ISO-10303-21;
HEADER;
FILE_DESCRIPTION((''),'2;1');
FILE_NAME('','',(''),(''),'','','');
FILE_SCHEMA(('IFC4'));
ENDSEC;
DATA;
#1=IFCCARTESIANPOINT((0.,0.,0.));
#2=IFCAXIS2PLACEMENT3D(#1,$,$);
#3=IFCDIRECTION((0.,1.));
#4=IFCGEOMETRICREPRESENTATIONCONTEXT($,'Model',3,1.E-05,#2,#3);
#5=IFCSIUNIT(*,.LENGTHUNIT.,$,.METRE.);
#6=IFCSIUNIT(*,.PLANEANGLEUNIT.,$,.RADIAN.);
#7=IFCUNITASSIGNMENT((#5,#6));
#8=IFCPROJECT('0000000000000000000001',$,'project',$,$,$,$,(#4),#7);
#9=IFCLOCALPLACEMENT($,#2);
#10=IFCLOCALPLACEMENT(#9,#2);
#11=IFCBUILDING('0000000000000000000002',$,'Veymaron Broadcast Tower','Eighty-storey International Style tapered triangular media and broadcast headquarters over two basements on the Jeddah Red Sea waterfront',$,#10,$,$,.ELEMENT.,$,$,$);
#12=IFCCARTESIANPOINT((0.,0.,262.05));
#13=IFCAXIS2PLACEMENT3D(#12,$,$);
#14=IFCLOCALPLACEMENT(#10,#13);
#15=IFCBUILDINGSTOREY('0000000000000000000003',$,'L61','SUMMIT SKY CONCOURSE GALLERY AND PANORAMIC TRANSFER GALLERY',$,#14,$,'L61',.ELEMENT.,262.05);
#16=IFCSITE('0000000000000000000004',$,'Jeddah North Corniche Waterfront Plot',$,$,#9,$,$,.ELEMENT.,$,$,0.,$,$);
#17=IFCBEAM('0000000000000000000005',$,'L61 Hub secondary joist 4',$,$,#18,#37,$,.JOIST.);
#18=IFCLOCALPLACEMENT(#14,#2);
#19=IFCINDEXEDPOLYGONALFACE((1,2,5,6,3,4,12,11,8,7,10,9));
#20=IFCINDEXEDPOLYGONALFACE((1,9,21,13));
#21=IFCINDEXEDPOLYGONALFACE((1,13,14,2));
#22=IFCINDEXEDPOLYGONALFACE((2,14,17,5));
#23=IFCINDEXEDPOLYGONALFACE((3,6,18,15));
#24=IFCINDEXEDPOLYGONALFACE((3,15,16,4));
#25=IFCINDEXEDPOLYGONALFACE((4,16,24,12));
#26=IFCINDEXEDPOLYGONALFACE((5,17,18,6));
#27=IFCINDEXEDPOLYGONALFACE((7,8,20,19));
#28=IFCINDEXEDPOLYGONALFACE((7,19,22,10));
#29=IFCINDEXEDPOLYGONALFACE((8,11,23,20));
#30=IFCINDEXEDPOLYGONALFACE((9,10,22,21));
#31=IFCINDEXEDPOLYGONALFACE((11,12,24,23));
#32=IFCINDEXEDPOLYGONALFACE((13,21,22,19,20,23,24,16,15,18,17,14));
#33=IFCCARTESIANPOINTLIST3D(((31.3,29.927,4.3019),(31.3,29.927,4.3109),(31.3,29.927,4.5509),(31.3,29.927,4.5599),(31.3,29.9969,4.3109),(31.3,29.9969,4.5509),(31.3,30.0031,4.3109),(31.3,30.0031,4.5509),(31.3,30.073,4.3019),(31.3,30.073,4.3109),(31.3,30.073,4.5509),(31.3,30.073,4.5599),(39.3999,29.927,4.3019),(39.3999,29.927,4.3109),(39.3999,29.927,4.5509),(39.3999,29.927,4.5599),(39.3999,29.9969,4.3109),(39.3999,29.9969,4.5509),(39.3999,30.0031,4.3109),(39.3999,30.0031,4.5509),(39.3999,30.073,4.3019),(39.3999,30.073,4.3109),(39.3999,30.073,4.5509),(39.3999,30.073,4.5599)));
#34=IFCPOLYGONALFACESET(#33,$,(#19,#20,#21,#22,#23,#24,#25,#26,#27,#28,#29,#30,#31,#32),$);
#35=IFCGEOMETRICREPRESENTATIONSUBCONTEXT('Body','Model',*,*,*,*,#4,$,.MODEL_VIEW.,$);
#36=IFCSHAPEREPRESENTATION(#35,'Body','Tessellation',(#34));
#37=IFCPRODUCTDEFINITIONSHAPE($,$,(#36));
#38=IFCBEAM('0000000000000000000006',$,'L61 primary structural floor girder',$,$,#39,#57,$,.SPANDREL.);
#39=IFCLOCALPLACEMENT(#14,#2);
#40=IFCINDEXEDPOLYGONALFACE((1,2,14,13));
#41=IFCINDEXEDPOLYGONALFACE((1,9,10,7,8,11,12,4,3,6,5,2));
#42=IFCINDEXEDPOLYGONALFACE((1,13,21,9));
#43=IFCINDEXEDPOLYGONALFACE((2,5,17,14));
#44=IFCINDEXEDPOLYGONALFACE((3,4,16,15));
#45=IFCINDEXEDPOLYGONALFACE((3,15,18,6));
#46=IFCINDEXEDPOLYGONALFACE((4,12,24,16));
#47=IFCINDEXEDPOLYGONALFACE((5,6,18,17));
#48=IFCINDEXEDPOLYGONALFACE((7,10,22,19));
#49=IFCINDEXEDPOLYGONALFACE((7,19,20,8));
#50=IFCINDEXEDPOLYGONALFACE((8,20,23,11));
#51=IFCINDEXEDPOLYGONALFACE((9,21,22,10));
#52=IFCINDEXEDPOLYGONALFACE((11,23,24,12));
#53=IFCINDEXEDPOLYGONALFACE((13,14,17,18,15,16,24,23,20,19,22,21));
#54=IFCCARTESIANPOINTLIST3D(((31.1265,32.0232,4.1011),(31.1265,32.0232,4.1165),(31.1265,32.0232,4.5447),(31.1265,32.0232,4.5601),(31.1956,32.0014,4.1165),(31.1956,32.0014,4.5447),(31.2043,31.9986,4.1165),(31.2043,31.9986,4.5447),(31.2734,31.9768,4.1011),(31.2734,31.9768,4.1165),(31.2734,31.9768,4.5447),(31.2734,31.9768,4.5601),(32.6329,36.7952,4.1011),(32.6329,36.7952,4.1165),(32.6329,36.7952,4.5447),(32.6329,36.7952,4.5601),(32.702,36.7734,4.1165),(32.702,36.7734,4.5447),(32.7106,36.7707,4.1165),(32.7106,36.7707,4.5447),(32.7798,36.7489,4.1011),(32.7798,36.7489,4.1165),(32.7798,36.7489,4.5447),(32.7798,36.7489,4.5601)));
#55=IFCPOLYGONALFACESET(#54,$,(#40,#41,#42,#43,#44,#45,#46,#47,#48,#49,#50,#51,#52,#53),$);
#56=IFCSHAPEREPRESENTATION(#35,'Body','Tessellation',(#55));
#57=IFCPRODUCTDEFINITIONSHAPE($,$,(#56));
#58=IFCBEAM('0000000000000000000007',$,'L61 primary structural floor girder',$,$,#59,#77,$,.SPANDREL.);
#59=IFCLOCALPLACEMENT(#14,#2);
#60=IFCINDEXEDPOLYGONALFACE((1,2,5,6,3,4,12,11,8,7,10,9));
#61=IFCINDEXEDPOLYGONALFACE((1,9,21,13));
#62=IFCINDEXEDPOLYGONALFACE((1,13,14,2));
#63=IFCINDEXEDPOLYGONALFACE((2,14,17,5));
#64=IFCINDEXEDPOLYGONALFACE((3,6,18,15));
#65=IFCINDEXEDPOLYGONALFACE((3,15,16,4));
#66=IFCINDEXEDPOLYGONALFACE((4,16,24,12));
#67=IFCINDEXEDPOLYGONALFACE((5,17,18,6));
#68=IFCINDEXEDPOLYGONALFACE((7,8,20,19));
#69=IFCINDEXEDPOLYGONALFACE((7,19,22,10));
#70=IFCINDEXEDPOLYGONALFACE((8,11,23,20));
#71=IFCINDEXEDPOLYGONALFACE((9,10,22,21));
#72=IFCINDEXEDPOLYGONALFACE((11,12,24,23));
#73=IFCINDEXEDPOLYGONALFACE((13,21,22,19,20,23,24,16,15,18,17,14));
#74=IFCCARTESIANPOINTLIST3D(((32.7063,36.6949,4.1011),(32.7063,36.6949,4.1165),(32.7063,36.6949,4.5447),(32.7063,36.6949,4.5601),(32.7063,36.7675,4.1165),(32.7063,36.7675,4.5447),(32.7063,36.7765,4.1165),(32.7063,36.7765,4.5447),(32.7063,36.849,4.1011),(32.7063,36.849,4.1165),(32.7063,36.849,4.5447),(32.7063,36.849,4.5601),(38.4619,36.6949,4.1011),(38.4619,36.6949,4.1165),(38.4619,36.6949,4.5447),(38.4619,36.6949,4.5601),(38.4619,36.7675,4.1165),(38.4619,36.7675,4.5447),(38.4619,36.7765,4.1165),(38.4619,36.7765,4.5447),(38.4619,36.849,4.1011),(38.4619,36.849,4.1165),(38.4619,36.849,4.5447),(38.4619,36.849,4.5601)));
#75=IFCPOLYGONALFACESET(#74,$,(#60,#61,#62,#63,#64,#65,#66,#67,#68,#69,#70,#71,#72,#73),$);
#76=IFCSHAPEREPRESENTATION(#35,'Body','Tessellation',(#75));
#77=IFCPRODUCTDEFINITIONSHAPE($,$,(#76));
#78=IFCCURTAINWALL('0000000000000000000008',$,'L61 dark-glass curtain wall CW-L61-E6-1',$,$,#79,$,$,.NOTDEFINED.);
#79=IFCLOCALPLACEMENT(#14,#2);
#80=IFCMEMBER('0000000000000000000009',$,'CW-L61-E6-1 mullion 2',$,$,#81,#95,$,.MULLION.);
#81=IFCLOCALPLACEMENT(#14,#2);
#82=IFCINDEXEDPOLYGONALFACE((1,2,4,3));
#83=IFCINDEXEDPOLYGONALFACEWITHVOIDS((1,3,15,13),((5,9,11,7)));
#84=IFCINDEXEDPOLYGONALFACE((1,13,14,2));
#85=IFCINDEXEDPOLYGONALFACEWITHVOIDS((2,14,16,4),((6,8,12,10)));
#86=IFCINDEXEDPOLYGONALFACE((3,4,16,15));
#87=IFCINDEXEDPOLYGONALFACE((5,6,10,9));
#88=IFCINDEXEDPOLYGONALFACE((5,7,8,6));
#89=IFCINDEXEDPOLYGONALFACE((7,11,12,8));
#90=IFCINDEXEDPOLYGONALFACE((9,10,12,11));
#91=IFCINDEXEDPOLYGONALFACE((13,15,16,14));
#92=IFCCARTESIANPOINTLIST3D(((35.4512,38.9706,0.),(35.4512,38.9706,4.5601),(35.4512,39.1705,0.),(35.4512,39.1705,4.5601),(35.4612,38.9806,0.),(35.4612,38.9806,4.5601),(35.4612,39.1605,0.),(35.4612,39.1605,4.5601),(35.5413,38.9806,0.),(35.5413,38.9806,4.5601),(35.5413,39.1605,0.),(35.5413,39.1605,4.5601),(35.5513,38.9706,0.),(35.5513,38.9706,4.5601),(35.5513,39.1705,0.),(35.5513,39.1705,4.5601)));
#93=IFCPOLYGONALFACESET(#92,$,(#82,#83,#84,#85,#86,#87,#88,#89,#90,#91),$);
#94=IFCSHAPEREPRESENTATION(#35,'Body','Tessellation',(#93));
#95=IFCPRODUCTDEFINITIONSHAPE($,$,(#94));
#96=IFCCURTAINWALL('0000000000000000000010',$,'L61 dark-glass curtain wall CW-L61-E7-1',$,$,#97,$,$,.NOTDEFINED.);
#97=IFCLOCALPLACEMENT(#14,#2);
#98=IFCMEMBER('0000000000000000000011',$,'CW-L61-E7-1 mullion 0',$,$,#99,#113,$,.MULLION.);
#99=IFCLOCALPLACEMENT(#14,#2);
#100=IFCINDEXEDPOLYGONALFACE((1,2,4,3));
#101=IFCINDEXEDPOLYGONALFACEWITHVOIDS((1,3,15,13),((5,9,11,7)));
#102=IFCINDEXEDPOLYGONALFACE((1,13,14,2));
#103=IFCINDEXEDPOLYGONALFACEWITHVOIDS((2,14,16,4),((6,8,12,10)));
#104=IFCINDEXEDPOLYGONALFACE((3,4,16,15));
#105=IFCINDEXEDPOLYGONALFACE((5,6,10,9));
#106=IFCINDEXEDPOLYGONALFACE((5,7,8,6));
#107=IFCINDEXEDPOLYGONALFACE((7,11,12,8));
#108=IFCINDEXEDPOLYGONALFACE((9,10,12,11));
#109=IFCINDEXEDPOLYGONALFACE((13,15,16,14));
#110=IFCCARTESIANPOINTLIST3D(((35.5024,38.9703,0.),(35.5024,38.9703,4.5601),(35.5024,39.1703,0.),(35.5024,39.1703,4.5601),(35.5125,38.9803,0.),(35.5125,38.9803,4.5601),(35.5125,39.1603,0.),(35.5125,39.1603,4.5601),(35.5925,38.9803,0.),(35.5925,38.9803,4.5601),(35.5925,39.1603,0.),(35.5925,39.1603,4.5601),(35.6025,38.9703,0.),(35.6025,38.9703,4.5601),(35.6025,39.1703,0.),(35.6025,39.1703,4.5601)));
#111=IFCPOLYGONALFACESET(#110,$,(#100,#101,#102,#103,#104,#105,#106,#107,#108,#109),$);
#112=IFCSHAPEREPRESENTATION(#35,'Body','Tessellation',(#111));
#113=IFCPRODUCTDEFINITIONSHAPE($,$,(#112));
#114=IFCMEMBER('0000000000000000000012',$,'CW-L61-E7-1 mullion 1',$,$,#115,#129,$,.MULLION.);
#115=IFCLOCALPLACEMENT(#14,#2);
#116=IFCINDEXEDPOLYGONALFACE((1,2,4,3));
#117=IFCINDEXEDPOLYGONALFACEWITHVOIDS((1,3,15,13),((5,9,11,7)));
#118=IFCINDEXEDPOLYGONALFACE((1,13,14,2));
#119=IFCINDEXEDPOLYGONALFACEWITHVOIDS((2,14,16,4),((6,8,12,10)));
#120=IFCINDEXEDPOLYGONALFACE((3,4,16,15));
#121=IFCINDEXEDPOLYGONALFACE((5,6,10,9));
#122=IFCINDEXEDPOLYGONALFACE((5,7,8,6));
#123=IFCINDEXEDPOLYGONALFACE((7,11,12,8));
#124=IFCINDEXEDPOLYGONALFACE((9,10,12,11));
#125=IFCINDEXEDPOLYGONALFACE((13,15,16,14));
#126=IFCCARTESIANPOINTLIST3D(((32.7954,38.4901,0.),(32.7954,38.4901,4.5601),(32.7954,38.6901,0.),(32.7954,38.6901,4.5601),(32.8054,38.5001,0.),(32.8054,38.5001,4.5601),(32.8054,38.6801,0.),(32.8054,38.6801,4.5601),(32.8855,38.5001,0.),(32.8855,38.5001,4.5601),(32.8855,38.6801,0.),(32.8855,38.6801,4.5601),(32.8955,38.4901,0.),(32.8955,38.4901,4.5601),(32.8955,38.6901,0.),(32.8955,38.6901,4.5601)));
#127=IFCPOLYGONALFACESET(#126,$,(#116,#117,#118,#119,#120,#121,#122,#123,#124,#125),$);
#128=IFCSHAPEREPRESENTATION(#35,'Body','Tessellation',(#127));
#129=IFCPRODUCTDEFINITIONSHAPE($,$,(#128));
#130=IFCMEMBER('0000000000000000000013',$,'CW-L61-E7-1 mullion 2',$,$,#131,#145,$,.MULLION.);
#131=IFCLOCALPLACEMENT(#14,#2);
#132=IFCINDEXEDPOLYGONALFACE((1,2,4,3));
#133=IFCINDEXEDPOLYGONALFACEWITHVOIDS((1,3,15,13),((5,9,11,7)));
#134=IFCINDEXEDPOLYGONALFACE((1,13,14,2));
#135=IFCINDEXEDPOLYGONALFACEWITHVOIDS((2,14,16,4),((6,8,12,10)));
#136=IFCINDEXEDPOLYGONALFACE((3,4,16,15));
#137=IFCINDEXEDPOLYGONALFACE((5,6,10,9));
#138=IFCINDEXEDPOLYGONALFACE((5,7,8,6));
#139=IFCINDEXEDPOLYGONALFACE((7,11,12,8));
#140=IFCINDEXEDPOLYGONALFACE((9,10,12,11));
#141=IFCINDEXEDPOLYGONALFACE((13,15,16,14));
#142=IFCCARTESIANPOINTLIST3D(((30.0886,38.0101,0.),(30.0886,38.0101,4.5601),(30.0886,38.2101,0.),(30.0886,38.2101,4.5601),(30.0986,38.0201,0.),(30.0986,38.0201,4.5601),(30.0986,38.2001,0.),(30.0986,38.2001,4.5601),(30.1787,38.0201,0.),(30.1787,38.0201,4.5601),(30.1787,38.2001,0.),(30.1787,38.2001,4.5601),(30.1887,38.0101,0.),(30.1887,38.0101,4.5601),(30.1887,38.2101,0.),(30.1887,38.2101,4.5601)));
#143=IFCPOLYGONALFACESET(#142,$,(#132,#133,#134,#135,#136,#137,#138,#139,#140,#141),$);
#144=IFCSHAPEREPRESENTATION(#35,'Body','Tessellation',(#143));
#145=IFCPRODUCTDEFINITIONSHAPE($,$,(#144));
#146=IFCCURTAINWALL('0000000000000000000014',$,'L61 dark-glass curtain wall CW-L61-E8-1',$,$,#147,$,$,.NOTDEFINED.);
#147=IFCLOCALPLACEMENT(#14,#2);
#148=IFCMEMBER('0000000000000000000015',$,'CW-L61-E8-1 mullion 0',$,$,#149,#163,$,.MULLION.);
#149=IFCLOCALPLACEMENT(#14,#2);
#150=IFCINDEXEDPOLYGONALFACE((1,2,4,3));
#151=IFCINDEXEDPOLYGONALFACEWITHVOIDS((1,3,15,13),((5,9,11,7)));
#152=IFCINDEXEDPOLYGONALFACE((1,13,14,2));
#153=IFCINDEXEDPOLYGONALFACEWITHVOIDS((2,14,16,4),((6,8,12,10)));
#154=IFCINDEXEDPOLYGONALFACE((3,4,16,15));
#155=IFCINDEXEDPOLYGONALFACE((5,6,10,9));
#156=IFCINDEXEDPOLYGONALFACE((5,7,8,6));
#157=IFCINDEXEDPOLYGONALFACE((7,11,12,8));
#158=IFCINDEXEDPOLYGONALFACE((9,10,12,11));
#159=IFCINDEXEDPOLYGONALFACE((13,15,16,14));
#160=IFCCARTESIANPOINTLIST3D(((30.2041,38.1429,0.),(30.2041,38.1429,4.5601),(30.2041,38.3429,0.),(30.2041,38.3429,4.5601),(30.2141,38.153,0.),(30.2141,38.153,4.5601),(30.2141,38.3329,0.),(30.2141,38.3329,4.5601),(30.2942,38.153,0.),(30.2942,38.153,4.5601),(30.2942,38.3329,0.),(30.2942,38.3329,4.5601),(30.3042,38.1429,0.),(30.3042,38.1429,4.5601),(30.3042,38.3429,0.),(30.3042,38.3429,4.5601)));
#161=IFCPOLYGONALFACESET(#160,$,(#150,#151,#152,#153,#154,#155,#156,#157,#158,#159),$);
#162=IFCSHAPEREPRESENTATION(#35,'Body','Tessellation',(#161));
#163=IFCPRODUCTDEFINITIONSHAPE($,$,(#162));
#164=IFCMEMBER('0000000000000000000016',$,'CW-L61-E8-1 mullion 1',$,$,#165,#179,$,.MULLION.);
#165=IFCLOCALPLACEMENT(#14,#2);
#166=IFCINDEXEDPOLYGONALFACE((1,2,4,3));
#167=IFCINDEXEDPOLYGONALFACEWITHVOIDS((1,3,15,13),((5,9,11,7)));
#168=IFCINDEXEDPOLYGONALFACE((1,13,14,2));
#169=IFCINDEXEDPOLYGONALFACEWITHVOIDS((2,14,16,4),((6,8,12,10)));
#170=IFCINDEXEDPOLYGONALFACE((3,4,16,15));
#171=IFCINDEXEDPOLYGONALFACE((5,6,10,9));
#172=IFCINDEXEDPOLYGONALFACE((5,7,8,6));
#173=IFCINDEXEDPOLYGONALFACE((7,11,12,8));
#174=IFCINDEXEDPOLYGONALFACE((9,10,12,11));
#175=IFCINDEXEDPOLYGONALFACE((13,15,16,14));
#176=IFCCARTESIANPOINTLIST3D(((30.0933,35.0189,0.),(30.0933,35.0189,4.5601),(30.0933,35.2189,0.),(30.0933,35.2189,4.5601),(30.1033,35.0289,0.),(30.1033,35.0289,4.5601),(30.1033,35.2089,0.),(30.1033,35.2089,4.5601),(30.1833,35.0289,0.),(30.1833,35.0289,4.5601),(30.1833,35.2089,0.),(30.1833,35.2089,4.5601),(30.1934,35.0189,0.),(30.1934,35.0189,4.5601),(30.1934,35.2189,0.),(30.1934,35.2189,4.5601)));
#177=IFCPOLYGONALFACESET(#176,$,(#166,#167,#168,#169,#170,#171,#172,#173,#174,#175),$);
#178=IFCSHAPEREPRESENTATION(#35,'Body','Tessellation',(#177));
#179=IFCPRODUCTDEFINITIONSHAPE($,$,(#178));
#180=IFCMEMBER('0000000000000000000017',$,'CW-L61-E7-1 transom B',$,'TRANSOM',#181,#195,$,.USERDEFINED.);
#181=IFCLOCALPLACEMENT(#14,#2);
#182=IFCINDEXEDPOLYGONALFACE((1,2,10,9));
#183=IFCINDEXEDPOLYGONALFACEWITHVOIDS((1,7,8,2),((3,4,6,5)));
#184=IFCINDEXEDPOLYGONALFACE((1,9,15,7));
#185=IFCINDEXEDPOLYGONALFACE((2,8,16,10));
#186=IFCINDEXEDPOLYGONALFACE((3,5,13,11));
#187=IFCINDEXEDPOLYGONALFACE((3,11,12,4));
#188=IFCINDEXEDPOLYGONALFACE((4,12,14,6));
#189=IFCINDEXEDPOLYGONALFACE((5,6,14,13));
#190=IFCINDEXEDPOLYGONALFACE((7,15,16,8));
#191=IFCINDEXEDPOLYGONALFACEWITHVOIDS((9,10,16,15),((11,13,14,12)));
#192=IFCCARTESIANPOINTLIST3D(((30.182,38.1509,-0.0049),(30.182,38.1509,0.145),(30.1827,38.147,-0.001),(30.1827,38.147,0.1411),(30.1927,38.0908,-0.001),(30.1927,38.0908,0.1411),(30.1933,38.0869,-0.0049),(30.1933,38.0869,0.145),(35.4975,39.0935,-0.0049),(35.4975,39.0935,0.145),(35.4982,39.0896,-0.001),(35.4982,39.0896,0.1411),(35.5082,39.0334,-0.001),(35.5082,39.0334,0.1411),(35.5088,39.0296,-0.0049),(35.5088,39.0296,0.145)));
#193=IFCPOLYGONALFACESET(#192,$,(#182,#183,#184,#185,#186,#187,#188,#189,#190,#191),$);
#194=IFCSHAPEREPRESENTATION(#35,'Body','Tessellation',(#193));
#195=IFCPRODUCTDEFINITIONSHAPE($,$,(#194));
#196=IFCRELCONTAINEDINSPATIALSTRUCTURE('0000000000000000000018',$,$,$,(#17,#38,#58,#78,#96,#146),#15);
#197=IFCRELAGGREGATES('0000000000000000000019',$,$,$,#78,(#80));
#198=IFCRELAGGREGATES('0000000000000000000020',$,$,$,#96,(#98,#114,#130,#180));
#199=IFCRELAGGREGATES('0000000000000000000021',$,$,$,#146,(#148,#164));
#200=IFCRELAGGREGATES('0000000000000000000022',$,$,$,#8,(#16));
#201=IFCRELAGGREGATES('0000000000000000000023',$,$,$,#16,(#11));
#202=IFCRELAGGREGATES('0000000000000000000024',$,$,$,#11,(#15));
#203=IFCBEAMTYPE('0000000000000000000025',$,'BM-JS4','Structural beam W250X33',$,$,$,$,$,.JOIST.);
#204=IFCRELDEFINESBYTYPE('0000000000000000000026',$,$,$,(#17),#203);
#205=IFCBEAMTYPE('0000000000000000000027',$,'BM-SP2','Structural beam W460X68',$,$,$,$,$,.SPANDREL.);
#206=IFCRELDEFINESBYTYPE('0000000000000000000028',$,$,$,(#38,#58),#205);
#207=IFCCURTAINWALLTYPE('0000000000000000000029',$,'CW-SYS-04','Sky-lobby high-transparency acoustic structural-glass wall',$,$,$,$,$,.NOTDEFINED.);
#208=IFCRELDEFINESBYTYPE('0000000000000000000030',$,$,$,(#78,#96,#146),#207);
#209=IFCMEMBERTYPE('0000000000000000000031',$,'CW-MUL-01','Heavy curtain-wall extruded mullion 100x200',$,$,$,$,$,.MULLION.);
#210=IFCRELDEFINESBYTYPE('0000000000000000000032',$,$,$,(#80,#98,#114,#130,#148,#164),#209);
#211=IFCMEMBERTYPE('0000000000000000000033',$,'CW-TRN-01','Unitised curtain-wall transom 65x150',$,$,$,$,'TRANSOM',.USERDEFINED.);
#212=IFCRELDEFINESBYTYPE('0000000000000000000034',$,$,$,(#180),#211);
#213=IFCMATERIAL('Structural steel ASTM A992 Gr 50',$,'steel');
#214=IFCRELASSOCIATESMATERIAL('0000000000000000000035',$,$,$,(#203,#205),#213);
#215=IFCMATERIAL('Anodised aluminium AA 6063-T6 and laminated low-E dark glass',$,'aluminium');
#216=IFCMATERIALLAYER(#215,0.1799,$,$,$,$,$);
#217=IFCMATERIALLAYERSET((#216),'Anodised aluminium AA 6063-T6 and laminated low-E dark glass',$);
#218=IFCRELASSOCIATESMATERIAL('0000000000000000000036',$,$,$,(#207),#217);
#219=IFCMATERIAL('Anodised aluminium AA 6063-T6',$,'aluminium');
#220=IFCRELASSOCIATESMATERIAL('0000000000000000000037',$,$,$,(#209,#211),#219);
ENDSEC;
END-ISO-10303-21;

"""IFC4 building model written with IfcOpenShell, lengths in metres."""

from ifc_helpers import new_model, si_unit, direction, frame, origin, origin_2d, place, context, subcontext, project, spatial, hollow_rectangle, i_section, extrude, material, layer, layer_set, material_profile, profile_set, type_object, element, aggregate, save


model = new_model("IFC4")

# Units and contexts
model_context = context("Model", 3, precision=1e-05, world=origin(), true_north=direction((0.0, 1.0)))
body_context = subcontext(model_context, "Body", "Model", "MODEL_VIEW")
ifc_project = project(units=[si_unit("LENGTHUNIT", "METRE"), si_unit("PLANEANGLEUNIT", "RADIAN")], contexts=[model_context])

# Site, building, storey
site_placement = place(None, origin())
site = spatial("IfcSite", under=ifc_project, at=site_placement, Name="Jeddah North Corniche Waterfront Plot", CompositionType="ELEMENT", RefElevation=0.0)
building_placement = place(site_placement, origin())
building = spatial("IfcBuilding", under=site, at=building_placement, Name="Veymaron Broadcast Tower", Description="Eighty-storey International Style tapered triangular media and broadcast headquarters over two basements on the Jeddah Red Sea waterfront", CompositionType="ELEMENT")
storey_placement = place(building_placement, frame((0.0, 0.0, 262.05)))
storey = spatial("IfcBuildingStorey", under=building, at=storey_placement, Name="L61", Description="SUMMIT SKY CONCOURSE GALLERY AND PANORAMIC TRANSFER GALLERY", LongName="L61", CompositionType="ELEMENT", Elevation=262.05)

# Shared definitions
ifc_material_1 = material(Name="Structural steel ASTM A992 Gr 50", Category="steel")

# Beams
ifc_material_profile_1 = material_profile(ifc_material_1, i_section(OverallWidth=0.146, OverallDepth=0.2581, WebThickness=0.0061, FlangeThickness=0.009, at=origin_2d()), Name="W250X33")
ifc_profile_set_1 = profile_set([ifc_material_profile_1], Name="Structural steel ASTM A992 Gr 50")
beam_type_1 = type_object("IfcBeamType", Name="BM-JS4", Description="Structural beam W250X33", PredefinedType="JOIST", material=ifc_profile_set_1)
for number, where, z_axis, x_axis, name in (
    (1, (31.3, 30.0, 4.4309), (1.0, 0.0, 0.0), (0.0, 1.0, 0.0), "L61 Hub secondary joist 4"),
):
    element("IfcBeam", number, at=place(storey_placement, frame(where, z_axis=z_axis, x_axis=x_axis)), inside=storey, type_object=beam_type_1, Name=name, PredefinedType="JOIST", context=body_context, shape_type="SweptSolid", body=[
        extrude(i_section(OverallWidth=0.146, OverallDepth=0.2581, WebThickness=0.0061, FlangeThickness=0.009, at=origin_2d()), origin(), (0.0, 0.0, 1.0), 8.0999),
    ])
ifc_material_profile_2 = material_profile(ifc_material_1, i_section(OverallWidth=0.1541, OverallDepth=0.459, WebThickness=0.009, FlangeThickness=0.0154, at=origin_2d()), Name="W460X68")
ifc_profile_set_2 = profile_set([ifc_material_profile_2], Name="Structural steel ASTM A992 Gr 50")
beam_type_2 = type_object("IfcBeamType", Name="BM-SP2", Description="Structural beam W460X68", PredefinedType="SPANDREL", material=ifc_profile_set_2)
beam_1_placement = place(storey_placement, frame((31.2, 32.0, 4.3306), z_axis=(0.301024, 0.953617, 0.0), x_axis=(-0.953617, 0.301024, 0.0)))
element("IfcBeam", 2, at=beam_1_placement, inside=storey, type_object=beam_type_2, Name="L61 primary structural floor girder", PredefinedType="SPANDREL", context=body_context, shape_type="SweptSolid", body=[
    extrude(i_section(OverallWidth=0.1541, OverallDepth=0.459, WebThickness=0.009, FlangeThickness=0.0154, at=origin_2d()), origin(), (0.0, 0.0, 1.0), 5.0042),
])
beam_2_placement = place(storey_placement, frame((32.7063, 36.772, 4.3306), z_axis=(1.0, 0.0, 0.0), x_axis=(0.0, 1.0, 0.0)))
element("IfcBeam", 3, at=beam_2_placement, inside=storey, type_object=beam_type_2, Name="L61 primary structural floor girder", PredefinedType="SPANDREL", context=body_context, shape_type="SweptSolid", body=[
    extrude(i_section(OverallWidth=0.1541, OverallDepth=0.459, WebThickness=0.009, FlangeThickness=0.0154, at=origin_2d()), origin(), (0.0, 0.0, 1.0), 5.7556),
])

# Curtain wall, member
ifc_material_2 = material(Name="Anodised aluminium AA 6063-T6 and laminated low-E dark glass", Category="aluminium")
ifc_layer_1 = layer(ifc_material_2, 0.1799)
ifc_layer_set_1 = layer_set([ifc_layer_1], Name="Anodised aluminium AA 6063-T6 and laminated low-E dark glass")
curtain_wall_type = type_object("IfcCurtainWallType", Name="CW-SYS-04", Description="Sky-lobby high-transparency acoustic structural-glass wall", PredefinedType="NOTDEFINED", material=ifc_layer_set_1)
curtain_wall_1_placement = place(storey_placement, origin())
curtain_wall_1 = element("IfcCurtainWall", 4, at=curtain_wall_1_placement, inside=storey, type_object=curtain_wall_type, Name="L61 dark-glass curtain wall CW-L61-E6-1", PredefinedType="NOTDEFINED")
ifc_material_3 = material(Name="Anodised aluminium AA 6063-T6", Category="aluminium")
ifc_material_profile_3 = material_profile(ifc_material_3, hollow_rectangle(XDim=0.1001, YDim=0.2, WallThickness=0.01, at=origin_2d()), Name="RHS200X100X10")
ifc_profile_set_3 = profile_set([ifc_material_profile_3], Name="Anodised aluminium AA 6063-T6")
member_type_1 = type_object("IfcMemberType", Name="CW-MUL-01", Description="Heavy curtain-wall extruded mullion 100x200", PredefinedType="MULLION", material=ifc_profile_set_3)
member_1_placement = place(storey_placement, frame((35.5012, 39.0706, 0.0), z_axis=(0.0, 0.0, 1.0), x_axis=(1.0, 0.0, 0.0)))
member_1 = element("IfcMember", 5, at=member_1_placement, type_object=member_type_1, Name="CW-L61-E6-1 mullion 2", PredefinedType="MULLION", context=body_context, shape_type="SweptSolid", body=[
    extrude(hollow_rectangle(XDim=0.1001, YDim=0.2, WallThickness=0.01, at=origin_2d()), origin(), (0.0, 0.0, 1.0), 4.5601),
])
aggregate(curtain_wall_1, [member_1])

# Curtain walls, members
curtain_wall_2_placement = place(storey_placement, origin())
curtain_wall_2 = element("IfcCurtainWall", 6, at=curtain_wall_2_placement, inside=storey, type_object=curtain_wall_type, Name="L61 dark-glass curtain wall CW-L61-E7-1", PredefinedType="NOTDEFINED")
member_2_placement = place(storey_placement, frame((35.5525, 39.0703, 0.0), z_axis=(0.0, 0.0, 1.0), x_axis=(1.0, 0.0, 0.0)))
member_2 = element("IfcMember", 7, at=member_2_placement, type_object=member_type_1, Name="CW-L61-E7-1 mullion 0", PredefinedType="MULLION", context=body_context, shape_type="SweptSolid", body=[
    extrude(hollow_rectangle(XDim=0.1001, YDim=0.2, WallThickness=0.01, at=origin_2d()), origin(), (0.0, 0.0, 1.0), 4.5601),
])
member_3_placement = place(storey_placement, frame((32.8455, 38.5901, 0.0), z_axis=(0.0, 0.0, 1.0), x_axis=(1.0, 0.0, 0.0)))
member_3 = element("IfcMember", 8, at=member_3_placement, type_object=member_type_1, Name="CW-L61-E7-1 mullion 1", PredefinedType="MULLION", context=body_context, shape_type="SweptSolid", body=[
    extrude(hollow_rectangle(XDim=0.1001, YDim=0.2, WallThickness=0.01, at=origin_2d()), origin(), (0.0, 0.0, 1.0), 4.5601),
])
member_4_placement = place(storey_placement, frame((30.1387, 38.1101, 0.0), z_axis=(0.0, 0.0, 1.0), x_axis=(1.0, 0.0, 0.0)))
member_4 = element("IfcMember", 9, at=member_4_placement, type_object=member_type_1, Name="CW-L61-E7-1 mullion 2", PredefinedType="MULLION", context=body_context, shape_type="SweptSolid", body=[
    extrude(hollow_rectangle(XDim=0.1001, YDim=0.2, WallThickness=0.01, at=origin_2d()), origin(), (0.0, 0.0, 1.0), 4.5601),
])
curtain_wall_3_placement = place(storey_placement, origin())
curtain_wall_3 = element("IfcCurtainWall", 10, at=curtain_wall_3_placement, inside=storey, type_object=curtain_wall_type, Name="L61 dark-glass curtain wall CW-L61-E8-1", PredefinedType="NOTDEFINED")
member_5_placement = place(storey_placement, frame((30.2542, 38.2429, 0.0), z_axis=(0.0, 0.0, 1.0), x_axis=(1.0, 0.0, 0.0)))
member_5 = element("IfcMember", 11, at=member_5_placement, type_object=member_type_1, Name="CW-L61-E8-1 mullion 0", PredefinedType="MULLION", context=body_context, shape_type="SweptSolid", body=[
    extrude(hollow_rectangle(XDim=0.1001, YDim=0.2, WallThickness=0.01, at=origin_2d()), origin(), (0.0, 0.0, 1.0), 4.5601),
])
member_6_placement = place(storey_placement, frame((30.1433, 35.1189, 0.0), z_axis=(0.0, 0.0, 1.0), x_axis=(1.0, 0.0, 0.0)))
member_6 = element("IfcMember", 12, at=member_6_placement, type_object=member_type_1, Name="CW-L61-E8-1 mullion 1", PredefinedType="MULLION", context=body_context, shape_type="SweptSolid", body=[
    extrude(hollow_rectangle(XDim=0.1001, YDim=0.2, WallThickness=0.01, at=origin_2d()), origin(), (0.0, 0.0, 1.0), 4.5601),
])

# Member
ifc_material_profile_4 = material_profile(ifc_material_3, hollow_rectangle(XDim=0.0649, YDim=0.1499, WallThickness=0.0039, at=origin_2d()), Name="AL150X65X4")
ifc_profile_set_4 = profile_set([ifc_material_profile_4], Name="Anodised aluminium AA 6063-T6")
member_type_2 = type_object("IfcMemberType", Name="CW-TRN-01", Description="Unitised curtain-wall transom 65x150", ElementType="TRANSOM", PredefinedType="USERDEFINED", material=ifc_profile_set_4)
member_7_placement = place(storey_placement, frame((35.5032, 39.0615, 0.0701), z_axis=(-0.984637, -0.174613, 0.0), x_axis=(0.174613, -0.984637, 0.0)))
member_7 = element("IfcMember", 13, at=member_7_placement, type_object=member_type_2, Name="CW-L61-E7-1 transom B", ObjectType="TRANSOM", PredefinedType="USERDEFINED", context=body_context, shape_type="SweptSolid", body=[
    extrude(hollow_rectangle(XDim=0.0649, YDim=0.1499, WallThickness=0.0039, at=origin_2d()), origin(), (0.0, 0.0, 1.0), 5.3984),
])

aggregate(curtain_wall_2, [member_2, member_3, member_4, member_7])
aggregate(curtain_wall_3, [member_5, member_6])

save(model, "model.ifc")
